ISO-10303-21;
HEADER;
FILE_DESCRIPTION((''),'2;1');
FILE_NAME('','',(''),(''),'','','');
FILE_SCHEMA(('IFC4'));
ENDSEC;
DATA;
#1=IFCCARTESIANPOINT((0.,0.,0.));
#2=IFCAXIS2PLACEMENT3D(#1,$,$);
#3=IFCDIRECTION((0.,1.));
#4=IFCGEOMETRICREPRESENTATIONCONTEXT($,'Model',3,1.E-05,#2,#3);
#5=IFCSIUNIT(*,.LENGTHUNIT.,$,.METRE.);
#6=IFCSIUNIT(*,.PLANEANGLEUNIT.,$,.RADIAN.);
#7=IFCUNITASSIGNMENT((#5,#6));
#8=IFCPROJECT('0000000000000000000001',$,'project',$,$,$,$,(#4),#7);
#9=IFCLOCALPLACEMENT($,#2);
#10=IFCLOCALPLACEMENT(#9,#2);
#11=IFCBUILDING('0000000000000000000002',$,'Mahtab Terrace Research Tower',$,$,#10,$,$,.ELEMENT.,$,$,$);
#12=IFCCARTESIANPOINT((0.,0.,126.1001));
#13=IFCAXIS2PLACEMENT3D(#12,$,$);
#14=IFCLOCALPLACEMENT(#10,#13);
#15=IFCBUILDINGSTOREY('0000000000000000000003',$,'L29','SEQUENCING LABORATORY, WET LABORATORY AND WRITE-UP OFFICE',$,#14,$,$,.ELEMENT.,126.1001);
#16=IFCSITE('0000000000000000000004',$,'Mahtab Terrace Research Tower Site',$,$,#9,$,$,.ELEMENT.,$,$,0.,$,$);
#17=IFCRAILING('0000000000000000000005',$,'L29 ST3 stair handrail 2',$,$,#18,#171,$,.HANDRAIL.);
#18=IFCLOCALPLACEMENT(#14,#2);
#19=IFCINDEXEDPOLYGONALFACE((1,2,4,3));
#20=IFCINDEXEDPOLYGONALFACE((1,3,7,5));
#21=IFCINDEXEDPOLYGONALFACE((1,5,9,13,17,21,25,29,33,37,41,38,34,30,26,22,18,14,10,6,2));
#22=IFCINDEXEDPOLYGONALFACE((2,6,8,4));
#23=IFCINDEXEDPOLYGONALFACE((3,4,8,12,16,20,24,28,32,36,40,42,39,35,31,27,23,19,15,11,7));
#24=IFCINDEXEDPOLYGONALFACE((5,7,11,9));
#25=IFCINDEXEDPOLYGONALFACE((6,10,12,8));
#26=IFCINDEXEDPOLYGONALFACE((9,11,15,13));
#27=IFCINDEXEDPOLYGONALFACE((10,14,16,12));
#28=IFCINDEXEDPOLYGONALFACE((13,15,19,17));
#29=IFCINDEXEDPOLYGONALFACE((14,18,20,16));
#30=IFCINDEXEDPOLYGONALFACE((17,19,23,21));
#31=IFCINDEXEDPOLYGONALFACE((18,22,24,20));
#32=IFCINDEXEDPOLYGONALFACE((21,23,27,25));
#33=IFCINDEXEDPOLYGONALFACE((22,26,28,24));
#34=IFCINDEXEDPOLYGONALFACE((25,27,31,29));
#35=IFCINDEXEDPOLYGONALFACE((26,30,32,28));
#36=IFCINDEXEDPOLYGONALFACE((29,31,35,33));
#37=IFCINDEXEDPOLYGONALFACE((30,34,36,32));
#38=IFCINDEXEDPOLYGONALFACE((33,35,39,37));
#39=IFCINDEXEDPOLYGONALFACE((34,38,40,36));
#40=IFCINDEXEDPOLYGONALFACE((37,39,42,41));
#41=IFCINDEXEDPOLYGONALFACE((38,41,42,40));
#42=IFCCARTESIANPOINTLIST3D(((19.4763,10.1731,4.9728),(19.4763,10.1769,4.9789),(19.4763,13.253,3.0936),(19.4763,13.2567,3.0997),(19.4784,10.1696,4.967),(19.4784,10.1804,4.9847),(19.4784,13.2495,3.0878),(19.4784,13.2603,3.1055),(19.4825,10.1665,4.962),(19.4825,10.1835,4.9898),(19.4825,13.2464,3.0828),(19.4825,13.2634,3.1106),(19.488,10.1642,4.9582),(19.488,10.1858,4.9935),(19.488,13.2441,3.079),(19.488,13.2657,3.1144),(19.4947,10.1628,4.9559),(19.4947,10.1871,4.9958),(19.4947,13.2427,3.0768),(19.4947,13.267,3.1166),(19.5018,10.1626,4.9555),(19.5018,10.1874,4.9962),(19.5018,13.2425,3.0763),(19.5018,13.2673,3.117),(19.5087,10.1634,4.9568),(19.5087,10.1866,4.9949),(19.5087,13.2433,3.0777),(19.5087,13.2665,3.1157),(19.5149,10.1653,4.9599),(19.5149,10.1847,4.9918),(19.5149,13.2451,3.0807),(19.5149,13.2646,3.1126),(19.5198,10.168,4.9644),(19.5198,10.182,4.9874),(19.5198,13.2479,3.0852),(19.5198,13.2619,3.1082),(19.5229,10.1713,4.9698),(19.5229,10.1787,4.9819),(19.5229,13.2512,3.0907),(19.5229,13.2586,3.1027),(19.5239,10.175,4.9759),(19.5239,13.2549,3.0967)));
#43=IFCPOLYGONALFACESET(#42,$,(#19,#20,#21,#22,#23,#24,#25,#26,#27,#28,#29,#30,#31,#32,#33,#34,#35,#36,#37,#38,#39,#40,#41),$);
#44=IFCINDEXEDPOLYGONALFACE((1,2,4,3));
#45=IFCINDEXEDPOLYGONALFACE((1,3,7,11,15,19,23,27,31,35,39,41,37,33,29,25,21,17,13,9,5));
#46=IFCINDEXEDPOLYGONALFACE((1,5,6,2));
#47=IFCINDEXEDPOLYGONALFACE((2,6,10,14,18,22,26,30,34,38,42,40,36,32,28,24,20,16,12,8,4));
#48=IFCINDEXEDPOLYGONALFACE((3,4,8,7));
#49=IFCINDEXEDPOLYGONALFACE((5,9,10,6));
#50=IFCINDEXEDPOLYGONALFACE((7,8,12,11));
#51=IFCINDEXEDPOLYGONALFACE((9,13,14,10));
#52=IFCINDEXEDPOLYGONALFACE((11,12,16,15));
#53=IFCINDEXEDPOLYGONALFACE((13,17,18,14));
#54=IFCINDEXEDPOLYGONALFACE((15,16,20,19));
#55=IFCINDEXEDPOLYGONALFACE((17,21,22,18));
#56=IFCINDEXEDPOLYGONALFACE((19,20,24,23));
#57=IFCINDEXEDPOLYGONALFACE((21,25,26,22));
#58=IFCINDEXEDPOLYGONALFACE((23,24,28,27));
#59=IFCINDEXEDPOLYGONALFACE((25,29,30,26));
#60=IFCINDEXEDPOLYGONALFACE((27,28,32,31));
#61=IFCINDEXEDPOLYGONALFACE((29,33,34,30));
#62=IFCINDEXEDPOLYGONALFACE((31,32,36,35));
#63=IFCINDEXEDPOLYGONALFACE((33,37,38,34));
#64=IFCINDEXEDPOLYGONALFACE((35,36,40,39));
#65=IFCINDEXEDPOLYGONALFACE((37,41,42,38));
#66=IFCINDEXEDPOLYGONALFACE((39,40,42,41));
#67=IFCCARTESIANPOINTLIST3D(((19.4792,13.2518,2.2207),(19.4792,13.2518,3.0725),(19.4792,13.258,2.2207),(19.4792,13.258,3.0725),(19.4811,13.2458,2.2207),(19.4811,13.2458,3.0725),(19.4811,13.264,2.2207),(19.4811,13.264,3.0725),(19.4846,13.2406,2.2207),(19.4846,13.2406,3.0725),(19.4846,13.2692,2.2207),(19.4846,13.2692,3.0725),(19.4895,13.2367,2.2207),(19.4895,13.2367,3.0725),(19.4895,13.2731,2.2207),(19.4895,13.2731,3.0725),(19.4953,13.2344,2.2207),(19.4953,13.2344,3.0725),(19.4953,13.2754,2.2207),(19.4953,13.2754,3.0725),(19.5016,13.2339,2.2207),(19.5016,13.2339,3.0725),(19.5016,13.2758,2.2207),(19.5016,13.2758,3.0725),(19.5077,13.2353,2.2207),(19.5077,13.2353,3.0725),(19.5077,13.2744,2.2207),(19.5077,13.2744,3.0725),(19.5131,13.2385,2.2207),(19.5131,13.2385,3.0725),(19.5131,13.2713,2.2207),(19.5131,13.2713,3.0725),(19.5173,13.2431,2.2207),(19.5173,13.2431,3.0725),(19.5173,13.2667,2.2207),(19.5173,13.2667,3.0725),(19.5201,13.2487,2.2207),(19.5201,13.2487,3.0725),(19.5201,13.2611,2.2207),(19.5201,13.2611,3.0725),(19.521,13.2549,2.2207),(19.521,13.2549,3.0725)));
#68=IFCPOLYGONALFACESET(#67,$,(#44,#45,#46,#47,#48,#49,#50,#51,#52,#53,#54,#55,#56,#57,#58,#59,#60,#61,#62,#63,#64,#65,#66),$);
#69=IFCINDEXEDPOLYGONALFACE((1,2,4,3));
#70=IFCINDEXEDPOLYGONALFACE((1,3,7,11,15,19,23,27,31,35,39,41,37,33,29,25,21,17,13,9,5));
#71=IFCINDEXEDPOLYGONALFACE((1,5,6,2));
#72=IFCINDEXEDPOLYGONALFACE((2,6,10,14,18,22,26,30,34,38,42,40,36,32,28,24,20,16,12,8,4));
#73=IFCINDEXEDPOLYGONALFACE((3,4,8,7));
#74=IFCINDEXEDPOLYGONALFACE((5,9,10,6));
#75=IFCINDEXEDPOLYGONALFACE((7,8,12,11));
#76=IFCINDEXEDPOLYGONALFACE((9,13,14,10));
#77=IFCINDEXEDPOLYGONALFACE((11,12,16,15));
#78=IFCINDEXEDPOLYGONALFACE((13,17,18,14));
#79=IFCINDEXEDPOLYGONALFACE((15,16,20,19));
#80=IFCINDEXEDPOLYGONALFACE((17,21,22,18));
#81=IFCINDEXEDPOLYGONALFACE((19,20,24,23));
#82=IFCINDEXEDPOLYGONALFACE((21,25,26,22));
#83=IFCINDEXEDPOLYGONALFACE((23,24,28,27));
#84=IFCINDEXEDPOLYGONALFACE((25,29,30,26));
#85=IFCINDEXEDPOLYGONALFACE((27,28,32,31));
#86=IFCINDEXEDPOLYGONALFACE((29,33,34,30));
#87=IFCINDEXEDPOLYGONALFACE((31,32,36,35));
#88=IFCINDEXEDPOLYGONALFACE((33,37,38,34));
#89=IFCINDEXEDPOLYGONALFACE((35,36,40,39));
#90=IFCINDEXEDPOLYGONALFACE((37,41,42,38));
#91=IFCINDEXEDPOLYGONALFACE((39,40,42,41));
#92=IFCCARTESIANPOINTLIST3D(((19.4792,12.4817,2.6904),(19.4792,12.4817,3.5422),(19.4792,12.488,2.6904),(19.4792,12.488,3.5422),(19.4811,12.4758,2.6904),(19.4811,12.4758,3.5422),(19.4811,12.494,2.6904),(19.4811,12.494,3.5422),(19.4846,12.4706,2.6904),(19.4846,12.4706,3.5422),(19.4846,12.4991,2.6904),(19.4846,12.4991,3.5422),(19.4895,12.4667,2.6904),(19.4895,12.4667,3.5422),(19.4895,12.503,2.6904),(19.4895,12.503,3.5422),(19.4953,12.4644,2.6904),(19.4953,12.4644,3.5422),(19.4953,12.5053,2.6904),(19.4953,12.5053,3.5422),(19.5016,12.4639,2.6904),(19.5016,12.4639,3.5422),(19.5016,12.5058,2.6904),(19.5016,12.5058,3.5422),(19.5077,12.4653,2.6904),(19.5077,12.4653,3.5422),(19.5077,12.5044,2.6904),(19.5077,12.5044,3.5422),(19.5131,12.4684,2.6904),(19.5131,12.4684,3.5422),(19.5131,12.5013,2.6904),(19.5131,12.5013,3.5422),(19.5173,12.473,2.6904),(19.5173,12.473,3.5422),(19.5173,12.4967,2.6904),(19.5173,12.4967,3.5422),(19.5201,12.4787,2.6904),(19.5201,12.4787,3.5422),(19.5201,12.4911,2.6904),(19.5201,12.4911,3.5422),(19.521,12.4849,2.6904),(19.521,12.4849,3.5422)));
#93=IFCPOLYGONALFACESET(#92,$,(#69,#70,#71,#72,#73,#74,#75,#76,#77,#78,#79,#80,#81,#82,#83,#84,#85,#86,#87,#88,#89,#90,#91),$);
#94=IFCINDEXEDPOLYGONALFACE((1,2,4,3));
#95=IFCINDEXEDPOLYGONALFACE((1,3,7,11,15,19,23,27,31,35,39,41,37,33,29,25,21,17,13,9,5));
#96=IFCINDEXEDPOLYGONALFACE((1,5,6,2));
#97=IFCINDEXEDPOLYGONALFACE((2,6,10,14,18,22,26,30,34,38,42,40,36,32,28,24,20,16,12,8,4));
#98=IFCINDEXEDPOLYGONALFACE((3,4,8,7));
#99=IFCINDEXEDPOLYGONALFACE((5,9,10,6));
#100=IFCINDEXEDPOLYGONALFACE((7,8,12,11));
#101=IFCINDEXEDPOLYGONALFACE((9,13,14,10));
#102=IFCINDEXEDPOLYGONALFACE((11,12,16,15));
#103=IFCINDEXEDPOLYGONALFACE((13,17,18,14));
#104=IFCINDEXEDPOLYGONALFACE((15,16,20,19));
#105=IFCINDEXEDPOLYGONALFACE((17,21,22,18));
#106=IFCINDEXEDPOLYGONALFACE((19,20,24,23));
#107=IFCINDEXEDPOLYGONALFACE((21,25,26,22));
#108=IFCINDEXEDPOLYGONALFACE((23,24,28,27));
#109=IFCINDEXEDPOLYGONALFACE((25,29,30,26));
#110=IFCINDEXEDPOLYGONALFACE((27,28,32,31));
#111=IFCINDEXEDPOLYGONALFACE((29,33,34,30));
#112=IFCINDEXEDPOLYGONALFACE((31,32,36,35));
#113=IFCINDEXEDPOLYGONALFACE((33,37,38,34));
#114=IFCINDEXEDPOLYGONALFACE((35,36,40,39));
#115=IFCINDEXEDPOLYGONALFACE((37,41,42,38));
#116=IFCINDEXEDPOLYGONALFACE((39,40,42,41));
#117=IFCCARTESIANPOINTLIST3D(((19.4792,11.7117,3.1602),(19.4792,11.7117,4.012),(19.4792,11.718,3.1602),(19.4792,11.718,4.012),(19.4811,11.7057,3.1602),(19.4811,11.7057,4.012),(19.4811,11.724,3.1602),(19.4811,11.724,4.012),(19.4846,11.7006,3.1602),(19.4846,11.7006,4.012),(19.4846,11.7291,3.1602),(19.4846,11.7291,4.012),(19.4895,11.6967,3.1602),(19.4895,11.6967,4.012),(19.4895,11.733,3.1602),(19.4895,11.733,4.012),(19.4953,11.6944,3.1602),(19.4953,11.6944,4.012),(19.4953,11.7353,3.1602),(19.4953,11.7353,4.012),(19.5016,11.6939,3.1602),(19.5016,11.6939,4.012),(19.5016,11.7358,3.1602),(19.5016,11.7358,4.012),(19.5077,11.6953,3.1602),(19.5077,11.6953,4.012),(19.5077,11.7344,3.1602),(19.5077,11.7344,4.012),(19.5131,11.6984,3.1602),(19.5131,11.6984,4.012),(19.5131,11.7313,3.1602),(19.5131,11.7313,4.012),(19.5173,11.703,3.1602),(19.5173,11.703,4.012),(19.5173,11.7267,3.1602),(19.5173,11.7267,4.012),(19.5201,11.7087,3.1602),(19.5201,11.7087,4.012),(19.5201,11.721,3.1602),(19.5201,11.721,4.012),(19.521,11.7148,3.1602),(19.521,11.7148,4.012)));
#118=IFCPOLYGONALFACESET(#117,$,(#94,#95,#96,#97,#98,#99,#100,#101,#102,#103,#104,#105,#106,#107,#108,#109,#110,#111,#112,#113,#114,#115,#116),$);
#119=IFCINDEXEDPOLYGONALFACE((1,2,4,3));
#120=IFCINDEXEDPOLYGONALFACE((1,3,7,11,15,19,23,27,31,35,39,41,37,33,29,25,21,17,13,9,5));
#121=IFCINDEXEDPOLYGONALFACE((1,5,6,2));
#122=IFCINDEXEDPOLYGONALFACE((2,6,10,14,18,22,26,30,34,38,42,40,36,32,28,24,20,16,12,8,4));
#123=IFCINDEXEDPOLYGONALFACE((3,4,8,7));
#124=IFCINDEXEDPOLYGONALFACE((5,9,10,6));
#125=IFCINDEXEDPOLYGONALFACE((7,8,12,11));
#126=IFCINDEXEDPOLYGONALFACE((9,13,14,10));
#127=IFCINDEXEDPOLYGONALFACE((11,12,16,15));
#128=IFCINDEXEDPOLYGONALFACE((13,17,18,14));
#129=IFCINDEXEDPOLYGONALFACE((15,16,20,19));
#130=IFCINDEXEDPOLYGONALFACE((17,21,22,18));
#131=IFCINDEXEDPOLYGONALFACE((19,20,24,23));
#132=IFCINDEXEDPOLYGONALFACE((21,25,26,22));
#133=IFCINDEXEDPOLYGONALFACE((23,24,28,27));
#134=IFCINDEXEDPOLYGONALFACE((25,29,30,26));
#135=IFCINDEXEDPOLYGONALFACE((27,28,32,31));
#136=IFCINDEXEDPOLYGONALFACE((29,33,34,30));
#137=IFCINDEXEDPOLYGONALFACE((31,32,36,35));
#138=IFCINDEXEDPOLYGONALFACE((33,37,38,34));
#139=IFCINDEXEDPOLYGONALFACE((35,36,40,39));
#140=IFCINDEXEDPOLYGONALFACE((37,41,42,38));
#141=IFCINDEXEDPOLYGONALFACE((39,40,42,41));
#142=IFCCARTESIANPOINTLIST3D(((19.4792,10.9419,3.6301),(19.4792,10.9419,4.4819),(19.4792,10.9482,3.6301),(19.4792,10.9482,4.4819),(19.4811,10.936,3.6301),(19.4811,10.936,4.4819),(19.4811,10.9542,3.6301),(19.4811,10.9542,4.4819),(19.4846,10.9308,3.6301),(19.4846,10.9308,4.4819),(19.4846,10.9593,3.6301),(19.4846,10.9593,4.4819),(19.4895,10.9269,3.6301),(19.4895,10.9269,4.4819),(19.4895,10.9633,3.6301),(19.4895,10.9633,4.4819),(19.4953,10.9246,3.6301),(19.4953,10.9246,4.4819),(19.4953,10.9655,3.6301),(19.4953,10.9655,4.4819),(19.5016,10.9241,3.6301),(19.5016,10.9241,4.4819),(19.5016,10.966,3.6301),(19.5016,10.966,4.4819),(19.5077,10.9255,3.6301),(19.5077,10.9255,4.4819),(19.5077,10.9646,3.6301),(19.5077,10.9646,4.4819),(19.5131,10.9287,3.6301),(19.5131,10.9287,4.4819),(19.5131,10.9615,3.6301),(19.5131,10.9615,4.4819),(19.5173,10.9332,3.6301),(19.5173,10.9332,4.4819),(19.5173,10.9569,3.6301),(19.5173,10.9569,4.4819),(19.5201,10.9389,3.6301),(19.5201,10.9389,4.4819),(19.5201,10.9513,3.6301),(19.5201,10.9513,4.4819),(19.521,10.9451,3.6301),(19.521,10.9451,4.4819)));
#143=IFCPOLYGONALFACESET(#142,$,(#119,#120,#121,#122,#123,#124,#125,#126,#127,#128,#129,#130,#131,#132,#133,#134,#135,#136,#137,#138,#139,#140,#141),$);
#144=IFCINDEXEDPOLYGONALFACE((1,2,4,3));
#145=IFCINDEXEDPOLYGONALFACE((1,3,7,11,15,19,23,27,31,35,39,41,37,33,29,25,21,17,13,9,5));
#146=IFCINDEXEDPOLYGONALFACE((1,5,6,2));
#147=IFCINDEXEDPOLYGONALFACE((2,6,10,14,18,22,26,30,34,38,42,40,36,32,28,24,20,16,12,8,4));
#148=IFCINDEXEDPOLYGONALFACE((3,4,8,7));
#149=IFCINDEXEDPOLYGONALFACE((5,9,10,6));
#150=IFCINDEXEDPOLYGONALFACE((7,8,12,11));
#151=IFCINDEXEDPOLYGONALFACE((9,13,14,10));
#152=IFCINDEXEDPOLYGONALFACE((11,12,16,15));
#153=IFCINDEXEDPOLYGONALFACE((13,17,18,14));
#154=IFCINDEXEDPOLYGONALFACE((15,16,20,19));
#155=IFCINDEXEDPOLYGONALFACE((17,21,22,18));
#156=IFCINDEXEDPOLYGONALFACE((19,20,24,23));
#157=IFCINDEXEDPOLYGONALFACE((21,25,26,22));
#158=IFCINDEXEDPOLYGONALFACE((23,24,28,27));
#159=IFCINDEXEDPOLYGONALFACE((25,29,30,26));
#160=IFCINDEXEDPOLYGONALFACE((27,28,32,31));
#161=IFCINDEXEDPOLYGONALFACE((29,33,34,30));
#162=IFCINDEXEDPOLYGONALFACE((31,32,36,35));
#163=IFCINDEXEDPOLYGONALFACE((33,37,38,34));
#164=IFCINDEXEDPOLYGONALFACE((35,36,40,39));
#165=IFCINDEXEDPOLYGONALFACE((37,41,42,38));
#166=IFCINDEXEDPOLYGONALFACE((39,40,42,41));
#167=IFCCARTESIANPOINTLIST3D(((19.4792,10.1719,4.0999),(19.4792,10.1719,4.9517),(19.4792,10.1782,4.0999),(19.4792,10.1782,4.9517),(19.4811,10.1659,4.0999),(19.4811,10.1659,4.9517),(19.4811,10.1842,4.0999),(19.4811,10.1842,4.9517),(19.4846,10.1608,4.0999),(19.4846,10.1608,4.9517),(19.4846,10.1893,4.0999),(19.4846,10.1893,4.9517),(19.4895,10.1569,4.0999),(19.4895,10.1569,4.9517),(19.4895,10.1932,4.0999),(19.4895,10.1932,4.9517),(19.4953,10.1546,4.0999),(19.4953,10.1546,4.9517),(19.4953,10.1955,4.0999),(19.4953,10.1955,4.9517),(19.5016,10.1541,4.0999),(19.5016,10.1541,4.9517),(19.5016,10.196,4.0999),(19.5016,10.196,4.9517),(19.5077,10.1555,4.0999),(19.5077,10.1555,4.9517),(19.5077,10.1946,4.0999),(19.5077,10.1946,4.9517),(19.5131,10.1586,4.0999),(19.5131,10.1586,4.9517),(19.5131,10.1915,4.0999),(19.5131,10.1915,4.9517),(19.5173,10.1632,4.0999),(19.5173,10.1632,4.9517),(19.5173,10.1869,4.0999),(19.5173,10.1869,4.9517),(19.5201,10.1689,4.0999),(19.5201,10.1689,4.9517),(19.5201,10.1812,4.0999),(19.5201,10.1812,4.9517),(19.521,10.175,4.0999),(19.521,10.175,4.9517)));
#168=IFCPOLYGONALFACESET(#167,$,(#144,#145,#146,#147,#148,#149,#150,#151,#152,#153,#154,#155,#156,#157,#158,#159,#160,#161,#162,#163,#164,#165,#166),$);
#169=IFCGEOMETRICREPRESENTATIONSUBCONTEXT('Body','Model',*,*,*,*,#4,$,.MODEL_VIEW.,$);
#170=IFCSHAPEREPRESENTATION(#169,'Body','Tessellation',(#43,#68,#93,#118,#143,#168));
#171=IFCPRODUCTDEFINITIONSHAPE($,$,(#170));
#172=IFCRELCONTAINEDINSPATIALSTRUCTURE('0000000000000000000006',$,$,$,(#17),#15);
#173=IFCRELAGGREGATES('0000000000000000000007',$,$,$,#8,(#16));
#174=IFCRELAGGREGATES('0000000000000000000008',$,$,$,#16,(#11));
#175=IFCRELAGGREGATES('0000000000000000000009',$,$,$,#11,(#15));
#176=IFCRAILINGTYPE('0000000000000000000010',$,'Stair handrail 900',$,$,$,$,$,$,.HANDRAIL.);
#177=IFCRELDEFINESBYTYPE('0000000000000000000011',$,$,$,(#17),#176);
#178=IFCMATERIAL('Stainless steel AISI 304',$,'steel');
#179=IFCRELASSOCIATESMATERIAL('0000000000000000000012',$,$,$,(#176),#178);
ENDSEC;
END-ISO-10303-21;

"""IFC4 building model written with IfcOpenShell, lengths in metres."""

from ifc_helpers import new_model, si_unit, direction, frame, origin, origin_2d, place, context, subcontext, project, spatial, circle, extrude, material, type_object, element, save


model = new_model("IFC4")

# Units and contexts
model_context = context("Model", 3, precision=1e-05, world=origin(), true_north=direction((0.0, 1.0)))
body_context = subcontext(model_context, "Body", "Model", "MODEL_VIEW")
ifc_project = project(units=[si_unit("LENGTHUNIT", "METRE"), si_unit("PLANEANGLEUNIT", "RADIAN")], contexts=[model_context])

# Site, building, storey
site_placement = place(None, origin())
site = spatial("IfcSite", under=ifc_project, at=site_placement, Name="Mahtab Terrace Research Tower Site", CompositionType="ELEMENT", RefElevation=0.0)
building_placement = place(site_placement, origin())
building = spatial("IfcBuilding", under=site, at=building_placement, Name="Mahtab Terrace Research Tower", CompositionType="ELEMENT")
storey_placement = place(building_placement, frame((0.0, 0.0, 126.1001)))
storey = spatial("IfcBuildingStorey", under=building, at=storey_placement, Name="L29", Description="SEQUENCING LABORATORY, WET LABORATORY AND WRITE-UP OFFICE", CompositionType="ELEMENT", Elevation=126.1001)

# Railing
ifc_material_1 = material(Name="Stainless steel AISI 304", Category="steel")
railing_type_1 = type_object("IfcRailingType", Name="Stair handrail 900", PredefinedType="HANDRAIL", material=ifc_material_1)
railing_1_placement = place(storey_placement, frame((19.5, 13.2549, 2.2207)))
element("IfcRailing", 1, at=railing_1_placement, inside=storey, type_object=railing_type_1, Name="L29 ST3 stair handrail 2", PredefinedType="HANDRAIL", context=body_context, shape_type="SweptSolid", body=[
    extrude(circle(Radius=0.0239, at=origin_2d()), frame((0.0, 0.0, 0.876), z_axis=(0.0, -0.853648, 0.52085), x_axis=(1.0, 0.0, 0.0)), (0.0, 0.0, 1.0), 3.6079),
    extrude(circle(Radius=0.021, at=origin_2d()), origin(), (0.0, 0.0, 1.0), 0.8518),
    extrude(circle(Radius=0.021, at=origin_2d()), frame((0.0, -0.77, 0.4697)), (0.0, 0.0, 1.0), 0.8518),
    extrude(circle(Radius=0.021, at=origin_2d()), frame((0.0, -1.54, 0.9395)), (0.0, 0.0, 1.0), 0.8518),
    extrude(circle(Radius=0.021, at=origin_2d()), frame((0.0, -2.3098, 1.4094)), (0.0, 0.0, 1.0), 0.8518),
    extrude(circle(Radius=0.021, at=origin_2d()), frame((0.0, -3.0798, 1.8792)), (0.0, 0.0, 1.0), 0.8518),
])

save(model, "model.ifc")
